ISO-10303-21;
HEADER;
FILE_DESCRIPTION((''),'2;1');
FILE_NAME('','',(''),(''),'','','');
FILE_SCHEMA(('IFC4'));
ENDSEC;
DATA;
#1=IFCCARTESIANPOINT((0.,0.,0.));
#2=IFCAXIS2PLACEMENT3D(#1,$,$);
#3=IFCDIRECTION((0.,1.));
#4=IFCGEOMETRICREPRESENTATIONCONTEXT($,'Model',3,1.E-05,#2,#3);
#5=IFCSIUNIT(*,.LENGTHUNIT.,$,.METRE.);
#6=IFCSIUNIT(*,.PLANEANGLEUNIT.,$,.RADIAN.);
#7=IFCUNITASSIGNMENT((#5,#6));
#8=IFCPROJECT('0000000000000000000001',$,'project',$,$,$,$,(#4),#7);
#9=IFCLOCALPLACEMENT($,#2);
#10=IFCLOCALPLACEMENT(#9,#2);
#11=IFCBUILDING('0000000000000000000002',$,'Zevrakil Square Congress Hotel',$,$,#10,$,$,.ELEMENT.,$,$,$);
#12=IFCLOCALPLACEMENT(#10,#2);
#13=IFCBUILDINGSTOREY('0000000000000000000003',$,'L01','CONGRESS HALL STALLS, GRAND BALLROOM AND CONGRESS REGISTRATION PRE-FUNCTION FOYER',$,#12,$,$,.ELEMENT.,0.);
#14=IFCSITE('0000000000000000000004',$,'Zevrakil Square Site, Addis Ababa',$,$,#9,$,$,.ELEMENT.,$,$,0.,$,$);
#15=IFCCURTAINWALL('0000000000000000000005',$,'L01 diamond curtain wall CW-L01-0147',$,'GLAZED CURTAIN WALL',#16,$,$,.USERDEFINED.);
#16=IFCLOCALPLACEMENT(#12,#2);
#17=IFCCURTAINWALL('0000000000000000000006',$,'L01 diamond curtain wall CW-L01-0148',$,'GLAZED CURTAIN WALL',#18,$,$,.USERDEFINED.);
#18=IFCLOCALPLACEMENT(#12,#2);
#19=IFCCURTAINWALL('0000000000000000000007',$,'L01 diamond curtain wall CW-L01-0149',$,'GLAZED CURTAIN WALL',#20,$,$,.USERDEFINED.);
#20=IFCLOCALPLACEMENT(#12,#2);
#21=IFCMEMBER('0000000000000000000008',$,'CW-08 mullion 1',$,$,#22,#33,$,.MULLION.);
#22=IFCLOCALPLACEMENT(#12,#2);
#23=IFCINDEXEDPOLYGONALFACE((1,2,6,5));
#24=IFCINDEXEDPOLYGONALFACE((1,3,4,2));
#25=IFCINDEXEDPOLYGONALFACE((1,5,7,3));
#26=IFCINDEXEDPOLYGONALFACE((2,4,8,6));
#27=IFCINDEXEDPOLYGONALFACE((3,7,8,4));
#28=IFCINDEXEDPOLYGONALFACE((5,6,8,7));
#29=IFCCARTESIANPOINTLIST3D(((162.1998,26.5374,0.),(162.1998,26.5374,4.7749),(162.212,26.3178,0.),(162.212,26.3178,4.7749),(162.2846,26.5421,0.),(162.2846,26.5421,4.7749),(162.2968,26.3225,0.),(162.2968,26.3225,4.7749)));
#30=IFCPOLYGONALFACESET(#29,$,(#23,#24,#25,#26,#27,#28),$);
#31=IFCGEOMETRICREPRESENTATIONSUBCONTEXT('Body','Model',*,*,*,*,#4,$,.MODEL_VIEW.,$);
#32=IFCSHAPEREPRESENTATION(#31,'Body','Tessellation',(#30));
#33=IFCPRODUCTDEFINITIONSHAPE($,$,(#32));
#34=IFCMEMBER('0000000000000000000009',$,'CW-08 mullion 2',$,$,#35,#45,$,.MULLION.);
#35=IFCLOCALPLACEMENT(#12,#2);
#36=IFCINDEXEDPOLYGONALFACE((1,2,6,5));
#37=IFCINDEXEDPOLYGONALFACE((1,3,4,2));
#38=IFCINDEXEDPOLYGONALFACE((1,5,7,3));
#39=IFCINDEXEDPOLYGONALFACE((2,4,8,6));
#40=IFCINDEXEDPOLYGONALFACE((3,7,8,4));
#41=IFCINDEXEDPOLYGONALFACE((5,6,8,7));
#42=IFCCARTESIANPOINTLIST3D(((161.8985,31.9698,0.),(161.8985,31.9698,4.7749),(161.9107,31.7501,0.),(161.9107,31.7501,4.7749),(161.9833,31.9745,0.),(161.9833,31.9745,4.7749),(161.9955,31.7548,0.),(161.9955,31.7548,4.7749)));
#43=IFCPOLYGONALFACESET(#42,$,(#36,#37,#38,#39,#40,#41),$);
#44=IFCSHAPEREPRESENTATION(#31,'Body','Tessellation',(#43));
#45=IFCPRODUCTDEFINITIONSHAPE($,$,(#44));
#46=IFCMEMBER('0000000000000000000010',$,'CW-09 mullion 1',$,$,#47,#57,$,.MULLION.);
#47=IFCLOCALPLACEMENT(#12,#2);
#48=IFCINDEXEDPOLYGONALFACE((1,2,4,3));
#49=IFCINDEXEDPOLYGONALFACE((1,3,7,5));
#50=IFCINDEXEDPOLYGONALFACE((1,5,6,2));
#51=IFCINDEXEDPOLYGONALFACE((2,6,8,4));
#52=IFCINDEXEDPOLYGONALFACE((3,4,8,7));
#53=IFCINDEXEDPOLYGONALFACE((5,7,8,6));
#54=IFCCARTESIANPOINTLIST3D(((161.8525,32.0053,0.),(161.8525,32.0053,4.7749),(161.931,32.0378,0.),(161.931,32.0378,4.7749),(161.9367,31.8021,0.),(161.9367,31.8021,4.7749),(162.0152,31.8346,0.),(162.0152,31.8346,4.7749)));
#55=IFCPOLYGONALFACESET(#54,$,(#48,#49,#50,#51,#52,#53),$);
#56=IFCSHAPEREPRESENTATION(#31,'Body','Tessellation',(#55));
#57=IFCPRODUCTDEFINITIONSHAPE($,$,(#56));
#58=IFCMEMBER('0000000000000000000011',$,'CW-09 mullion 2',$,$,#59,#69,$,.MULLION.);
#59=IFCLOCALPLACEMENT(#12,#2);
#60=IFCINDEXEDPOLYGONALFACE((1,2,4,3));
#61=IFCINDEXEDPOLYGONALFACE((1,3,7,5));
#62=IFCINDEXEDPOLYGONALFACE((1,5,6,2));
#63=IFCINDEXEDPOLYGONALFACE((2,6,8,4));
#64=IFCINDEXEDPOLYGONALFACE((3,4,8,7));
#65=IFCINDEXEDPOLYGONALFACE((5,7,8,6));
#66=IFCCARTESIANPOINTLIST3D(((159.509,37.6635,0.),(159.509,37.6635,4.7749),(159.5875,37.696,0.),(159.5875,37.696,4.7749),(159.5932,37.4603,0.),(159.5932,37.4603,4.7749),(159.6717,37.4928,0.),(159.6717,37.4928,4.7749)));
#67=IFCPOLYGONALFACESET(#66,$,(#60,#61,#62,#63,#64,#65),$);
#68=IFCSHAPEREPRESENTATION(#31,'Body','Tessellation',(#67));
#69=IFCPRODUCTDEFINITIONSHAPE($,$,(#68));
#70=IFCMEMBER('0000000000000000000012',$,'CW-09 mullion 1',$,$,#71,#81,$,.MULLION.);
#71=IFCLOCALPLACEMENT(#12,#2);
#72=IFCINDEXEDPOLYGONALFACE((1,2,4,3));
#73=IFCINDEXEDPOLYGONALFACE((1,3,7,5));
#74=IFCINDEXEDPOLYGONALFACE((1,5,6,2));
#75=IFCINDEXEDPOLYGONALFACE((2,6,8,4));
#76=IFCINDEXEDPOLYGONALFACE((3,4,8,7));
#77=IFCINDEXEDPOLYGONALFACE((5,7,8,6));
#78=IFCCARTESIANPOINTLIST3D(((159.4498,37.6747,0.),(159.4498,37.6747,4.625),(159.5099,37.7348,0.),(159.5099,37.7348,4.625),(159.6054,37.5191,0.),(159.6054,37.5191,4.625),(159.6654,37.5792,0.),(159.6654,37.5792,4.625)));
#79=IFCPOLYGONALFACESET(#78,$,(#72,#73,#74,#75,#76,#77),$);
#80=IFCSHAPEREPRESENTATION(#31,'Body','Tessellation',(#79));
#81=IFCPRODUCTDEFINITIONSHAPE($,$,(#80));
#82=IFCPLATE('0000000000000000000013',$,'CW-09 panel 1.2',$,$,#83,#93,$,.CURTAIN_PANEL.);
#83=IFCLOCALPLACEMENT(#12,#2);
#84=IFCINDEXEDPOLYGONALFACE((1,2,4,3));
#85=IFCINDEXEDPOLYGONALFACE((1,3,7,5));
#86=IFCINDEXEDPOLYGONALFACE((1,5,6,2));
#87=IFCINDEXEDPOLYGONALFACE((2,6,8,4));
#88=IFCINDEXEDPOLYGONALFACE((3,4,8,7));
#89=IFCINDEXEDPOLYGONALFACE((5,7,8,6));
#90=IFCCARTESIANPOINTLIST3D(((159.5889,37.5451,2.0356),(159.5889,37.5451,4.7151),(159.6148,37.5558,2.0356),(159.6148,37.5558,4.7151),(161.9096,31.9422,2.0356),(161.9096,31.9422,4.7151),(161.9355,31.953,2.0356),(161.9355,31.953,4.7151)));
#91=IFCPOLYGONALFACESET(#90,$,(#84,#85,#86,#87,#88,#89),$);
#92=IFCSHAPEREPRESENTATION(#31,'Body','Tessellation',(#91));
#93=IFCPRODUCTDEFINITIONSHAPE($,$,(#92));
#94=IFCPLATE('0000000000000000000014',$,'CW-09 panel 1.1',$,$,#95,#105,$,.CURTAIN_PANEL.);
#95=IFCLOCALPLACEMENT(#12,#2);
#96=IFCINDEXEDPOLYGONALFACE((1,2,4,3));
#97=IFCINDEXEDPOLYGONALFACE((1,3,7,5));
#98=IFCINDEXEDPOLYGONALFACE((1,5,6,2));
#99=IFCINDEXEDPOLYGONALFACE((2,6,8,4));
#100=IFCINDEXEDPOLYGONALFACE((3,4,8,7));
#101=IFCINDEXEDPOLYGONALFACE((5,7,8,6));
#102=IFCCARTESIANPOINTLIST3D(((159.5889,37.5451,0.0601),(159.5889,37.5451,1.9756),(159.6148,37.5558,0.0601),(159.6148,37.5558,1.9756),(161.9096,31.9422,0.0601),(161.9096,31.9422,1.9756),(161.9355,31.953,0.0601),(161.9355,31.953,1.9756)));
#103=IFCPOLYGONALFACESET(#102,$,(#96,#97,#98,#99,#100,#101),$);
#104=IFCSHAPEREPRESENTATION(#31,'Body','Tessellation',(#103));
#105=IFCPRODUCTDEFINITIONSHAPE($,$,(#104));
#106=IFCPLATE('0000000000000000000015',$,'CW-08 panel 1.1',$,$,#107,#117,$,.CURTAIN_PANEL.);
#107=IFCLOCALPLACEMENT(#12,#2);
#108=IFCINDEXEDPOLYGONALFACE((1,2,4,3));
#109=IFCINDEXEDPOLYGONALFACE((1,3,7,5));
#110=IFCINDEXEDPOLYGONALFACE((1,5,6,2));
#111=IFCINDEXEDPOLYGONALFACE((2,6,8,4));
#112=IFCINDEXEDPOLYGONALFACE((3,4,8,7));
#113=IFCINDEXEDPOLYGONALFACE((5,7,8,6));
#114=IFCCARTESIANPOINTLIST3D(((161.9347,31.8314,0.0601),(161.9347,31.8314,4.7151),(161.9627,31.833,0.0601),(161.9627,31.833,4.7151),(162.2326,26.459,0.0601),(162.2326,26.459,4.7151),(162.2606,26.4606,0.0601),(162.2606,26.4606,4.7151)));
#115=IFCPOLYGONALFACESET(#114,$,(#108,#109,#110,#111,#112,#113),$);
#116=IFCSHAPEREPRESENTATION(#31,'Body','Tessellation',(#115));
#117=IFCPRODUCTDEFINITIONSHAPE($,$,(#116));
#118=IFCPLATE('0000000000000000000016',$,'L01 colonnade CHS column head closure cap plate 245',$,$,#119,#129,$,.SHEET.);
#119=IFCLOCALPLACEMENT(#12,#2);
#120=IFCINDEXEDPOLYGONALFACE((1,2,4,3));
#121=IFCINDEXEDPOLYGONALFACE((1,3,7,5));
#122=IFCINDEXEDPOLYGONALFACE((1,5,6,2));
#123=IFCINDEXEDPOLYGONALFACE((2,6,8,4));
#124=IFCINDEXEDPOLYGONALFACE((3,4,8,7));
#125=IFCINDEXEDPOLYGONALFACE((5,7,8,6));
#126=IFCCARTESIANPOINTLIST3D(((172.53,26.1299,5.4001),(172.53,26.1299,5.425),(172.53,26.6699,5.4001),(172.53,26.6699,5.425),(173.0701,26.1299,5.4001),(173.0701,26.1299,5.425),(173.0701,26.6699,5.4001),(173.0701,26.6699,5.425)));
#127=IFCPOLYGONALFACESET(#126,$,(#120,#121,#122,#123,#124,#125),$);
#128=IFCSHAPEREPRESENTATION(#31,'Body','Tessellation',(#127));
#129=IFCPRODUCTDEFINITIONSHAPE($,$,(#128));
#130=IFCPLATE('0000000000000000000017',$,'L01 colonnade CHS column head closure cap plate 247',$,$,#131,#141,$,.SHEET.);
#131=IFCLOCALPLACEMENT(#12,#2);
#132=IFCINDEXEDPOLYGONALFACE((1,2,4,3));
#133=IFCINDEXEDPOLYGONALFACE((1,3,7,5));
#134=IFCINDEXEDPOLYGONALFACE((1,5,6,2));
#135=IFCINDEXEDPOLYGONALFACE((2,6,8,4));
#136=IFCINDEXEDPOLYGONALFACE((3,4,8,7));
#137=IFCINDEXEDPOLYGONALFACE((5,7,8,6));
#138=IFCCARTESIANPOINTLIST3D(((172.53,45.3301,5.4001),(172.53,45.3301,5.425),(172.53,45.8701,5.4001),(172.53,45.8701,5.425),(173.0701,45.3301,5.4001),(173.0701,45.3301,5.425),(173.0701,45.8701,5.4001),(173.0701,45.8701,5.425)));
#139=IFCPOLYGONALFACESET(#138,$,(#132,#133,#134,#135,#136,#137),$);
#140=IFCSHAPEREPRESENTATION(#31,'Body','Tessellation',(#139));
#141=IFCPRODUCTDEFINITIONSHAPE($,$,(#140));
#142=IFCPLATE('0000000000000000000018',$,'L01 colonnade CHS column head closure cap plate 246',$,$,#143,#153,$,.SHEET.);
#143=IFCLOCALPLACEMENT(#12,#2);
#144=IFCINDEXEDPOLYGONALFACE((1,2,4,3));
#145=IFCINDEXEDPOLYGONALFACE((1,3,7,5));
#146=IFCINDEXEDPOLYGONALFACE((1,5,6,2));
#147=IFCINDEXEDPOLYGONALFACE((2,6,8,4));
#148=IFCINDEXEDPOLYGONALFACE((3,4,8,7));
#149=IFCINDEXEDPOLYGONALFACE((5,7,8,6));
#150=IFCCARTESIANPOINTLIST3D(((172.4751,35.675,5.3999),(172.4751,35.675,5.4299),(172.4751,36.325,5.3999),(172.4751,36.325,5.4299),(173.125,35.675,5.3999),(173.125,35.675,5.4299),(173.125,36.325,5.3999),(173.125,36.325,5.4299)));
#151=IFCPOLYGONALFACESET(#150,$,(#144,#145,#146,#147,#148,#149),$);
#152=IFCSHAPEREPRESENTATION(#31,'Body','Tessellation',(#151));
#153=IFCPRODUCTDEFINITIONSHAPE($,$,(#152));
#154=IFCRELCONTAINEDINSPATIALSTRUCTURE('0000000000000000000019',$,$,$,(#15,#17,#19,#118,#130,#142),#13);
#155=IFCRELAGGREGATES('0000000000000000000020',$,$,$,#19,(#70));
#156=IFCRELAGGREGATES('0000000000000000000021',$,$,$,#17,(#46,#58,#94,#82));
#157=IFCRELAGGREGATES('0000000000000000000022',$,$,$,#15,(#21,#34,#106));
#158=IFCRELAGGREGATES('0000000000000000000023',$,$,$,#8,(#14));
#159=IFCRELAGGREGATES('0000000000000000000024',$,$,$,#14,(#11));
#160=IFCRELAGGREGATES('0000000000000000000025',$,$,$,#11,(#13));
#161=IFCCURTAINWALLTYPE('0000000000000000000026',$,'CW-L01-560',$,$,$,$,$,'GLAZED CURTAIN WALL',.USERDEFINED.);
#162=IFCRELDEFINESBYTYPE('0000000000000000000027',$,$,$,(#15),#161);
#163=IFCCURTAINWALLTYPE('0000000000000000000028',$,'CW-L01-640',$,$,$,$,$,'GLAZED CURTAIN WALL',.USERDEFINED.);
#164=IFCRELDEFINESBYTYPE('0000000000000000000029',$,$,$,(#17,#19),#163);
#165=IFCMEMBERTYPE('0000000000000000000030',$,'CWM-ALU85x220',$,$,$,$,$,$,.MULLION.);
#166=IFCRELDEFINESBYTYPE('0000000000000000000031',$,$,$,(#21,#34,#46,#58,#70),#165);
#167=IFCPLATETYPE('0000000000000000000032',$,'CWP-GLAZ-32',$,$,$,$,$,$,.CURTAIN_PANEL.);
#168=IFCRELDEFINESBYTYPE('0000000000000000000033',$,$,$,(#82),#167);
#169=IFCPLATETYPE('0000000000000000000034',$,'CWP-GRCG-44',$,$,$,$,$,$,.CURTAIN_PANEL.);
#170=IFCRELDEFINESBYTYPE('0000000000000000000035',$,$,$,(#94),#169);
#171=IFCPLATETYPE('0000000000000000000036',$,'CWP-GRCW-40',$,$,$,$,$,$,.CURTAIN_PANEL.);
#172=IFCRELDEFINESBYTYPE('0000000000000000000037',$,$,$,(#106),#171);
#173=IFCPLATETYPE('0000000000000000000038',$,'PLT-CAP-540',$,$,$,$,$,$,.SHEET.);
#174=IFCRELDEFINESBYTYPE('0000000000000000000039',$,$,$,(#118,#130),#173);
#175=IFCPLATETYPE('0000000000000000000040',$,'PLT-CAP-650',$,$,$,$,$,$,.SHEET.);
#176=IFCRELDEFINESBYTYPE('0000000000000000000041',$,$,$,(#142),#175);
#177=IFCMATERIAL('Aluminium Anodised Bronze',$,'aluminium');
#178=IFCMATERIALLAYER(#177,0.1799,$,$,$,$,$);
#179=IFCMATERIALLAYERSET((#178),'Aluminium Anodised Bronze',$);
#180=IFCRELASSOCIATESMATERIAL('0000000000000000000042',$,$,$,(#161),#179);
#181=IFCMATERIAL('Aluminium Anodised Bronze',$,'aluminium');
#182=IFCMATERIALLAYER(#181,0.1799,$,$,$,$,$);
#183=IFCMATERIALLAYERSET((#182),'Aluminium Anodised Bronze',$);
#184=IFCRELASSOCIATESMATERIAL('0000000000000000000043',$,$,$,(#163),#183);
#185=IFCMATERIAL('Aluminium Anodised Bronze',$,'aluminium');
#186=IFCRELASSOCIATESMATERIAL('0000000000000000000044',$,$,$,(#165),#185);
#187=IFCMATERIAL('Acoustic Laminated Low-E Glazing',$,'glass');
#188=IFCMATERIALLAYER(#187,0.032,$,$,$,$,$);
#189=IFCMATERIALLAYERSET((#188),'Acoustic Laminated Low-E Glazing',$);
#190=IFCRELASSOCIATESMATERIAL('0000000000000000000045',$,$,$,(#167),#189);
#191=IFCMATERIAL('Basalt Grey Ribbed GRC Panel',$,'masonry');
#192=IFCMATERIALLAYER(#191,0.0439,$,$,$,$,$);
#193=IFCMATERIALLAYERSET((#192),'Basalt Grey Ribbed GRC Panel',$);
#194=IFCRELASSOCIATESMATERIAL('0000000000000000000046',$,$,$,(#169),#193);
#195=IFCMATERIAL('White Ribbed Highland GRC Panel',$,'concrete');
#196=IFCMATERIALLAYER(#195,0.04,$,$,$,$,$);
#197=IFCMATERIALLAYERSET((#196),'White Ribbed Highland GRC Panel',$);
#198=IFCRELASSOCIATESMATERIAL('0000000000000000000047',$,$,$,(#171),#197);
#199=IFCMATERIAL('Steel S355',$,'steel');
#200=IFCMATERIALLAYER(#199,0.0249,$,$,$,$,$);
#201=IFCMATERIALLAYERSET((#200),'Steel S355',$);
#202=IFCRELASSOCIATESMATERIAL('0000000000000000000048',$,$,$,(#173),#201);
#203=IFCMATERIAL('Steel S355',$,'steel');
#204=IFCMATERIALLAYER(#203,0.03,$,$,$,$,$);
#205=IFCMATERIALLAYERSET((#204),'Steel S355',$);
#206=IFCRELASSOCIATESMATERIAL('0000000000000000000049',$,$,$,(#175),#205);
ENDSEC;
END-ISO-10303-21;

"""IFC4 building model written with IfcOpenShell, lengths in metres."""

from ifc_helpers import new_model, si_unit, direction, frame, origin, origin_2d, place, context, subcontext, project, spatial, rectangle, extrude, material, layer, layer_set, material_profile, profile_set, type_object, element, aggregate, save


model = new_model("IFC4")

# Units and contexts
model_context = context("Model", 3, precision=1e-05, world=origin(), true_north=direction((0.0, 1.0)))
body_context = subcontext(model_context, "Body", "Model", "MODEL_VIEW")
ifc_project = project(units=[si_unit("LENGTHUNIT", "METRE"), si_unit("PLANEANGLEUNIT", "RADIAN")], contexts=[model_context])

# Site, building, storey
site_placement = place(None, origin())
site = spatial("IfcSite", under=ifc_project, at=site_placement, Name="Zevrakil Square Site, Addis Ababa", CompositionType="ELEMENT", RefElevation=0.0)
building_placement = place(site_placement, origin())
building = spatial("IfcBuilding", under=site, at=building_placement, Name="Zevrakil Square Congress Hotel", CompositionType="ELEMENT")
storey_placement = place(building_placement, origin())
storey = spatial("IfcBuildingStorey", under=building, at=storey_placement, Name="L01", Description="CONGRESS HALL STALLS, GRAND BALLROOM AND CONGRESS REGISTRATION PRE-FUNCTION FOYER", CompositionType="ELEMENT", Elevation=0.0)

# Curtain walls
ifc_material_1 = material(Name="Aluminium Anodised Bronze", Category="aluminium")
ifc_layer_1 = layer(ifc_material_1, 0.1799)
ifc_layer_set_1 = layer_set([ifc_layer_1], Name="Aluminium Anodised Bronze")
curtain_wall_type_1 = type_object("IfcCurtainWallType", Name="CW-L01-560", ElementType="GLAZED CURTAIN WALL", PredefinedType="USERDEFINED", material=ifc_layer_set_1)
curtain_wall_1_placement = place(storey_placement, origin())
curtain_wall_1 = element("IfcCurtainWall", 1, at=curtain_wall_1_placement, inside=storey, type_object=curtain_wall_type_1, Name="L01 diamond curtain wall CW-L01-0147", ObjectType="GLAZED CURTAIN WALL", PredefinedType="USERDEFINED")
ifc_material_2 = material(Name="Aluminium Anodised Bronze", Category="aluminium")
ifc_layer_2 = layer(ifc_material_2, 0.1799)
ifc_layer_set_2 = layer_set([ifc_layer_2], Name="Aluminium Anodised Bronze")
curtain_wall_type_2 = type_object("IfcCurtainWallType", Name="CW-L01-640", ElementType="GLAZED CURTAIN WALL", PredefinedType="USERDEFINED", material=ifc_layer_set_2)
curtain_wall_2_placement = place(storey_placement, origin())
curtain_wall_2 = element("IfcCurtainWall", 2, at=curtain_wall_2_placement, inside=storey, type_object=curtain_wall_type_2, Name="L01 diamond curtain wall CW-L01-0148", ObjectType="GLAZED CURTAIN WALL", PredefinedType="USERDEFINED")
curtain_wall_3_placement = place(storey_placement, origin())
curtain_wall_3 = element("IfcCurtainWall", 3, at=curtain_wall_3_placement, inside=storey, type_object=curtain_wall_type_2, Name="L01 diamond curtain wall CW-L01-0149", ObjectType="GLAZED CURTAIN WALL", PredefinedType="USERDEFINED")

# Members
ifc_material_3 = material(Name="Aluminium Anodised Bronze", Category="aluminium")
ifc_material_profile_1 = material_profile(ifc_material_3, rectangle(XDim=0.085, YDim=0.22, at=origin_2d()), Name="ALU 85x220")
ifc_profile_set_1 = profile_set([ifc_material_profile_1], Name="Aluminium Anodised Bronze")
member_type_1 = type_object("IfcMemberType", Name="CWM-ALU85x220", PredefinedType="MULLION", material=ifc_profile_set_1)
member_1_placement = place(storey_placement, frame((162.2483, 26.4299, 0.0), z_axis=(0.0, 0.0, 1.0), x_axis=(-0.998466, -0.055375, 0.0)))
member_1 = element("IfcMember", 4, at=member_1_placement, type_object=member_type_1, Name="CW-08 mullion 1", PredefinedType="MULLION", context=body_context, shape_type="SweptSolid", body=[
    extrude(rectangle(XDim=0.085, YDim=0.22, at=origin_2d()), origin(), (0.0, 0.0, 1.0), 4.7749),
])
member_2_placement = place(storey_placement, frame((161.947, 31.8623, 0.0), z_axis=(0.0, 0.0, 1.0), x_axis=(-0.998466, -0.055375, 0.0)))
member_2 = element("IfcMember", 5, at=member_2_placement, type_object=member_type_1, Name="CW-08 mullion 2", PredefinedType="MULLION", context=body_context, shape_type="SweptSolid", body=[
    extrude(rectangle(XDim=0.085, YDim=0.22, at=origin_2d()), origin(), (0.0, 0.0, 1.0), 4.7749),
])
member_3_placement = place(storey_placement, frame((161.9338, 31.9199, 0.0), z_axis=(0.0, 0.0, 1.0), x_axis=(-0.923882, -0.382676, 0.0)))
member_3 = element("IfcMember", 6, at=member_3_placement, type_object=member_type_1, Name="CW-09 mullion 1", PredefinedType="MULLION", context=body_context, shape_type="SweptSolid", body=[
    extrude(rectangle(XDim=0.085, YDim=0.22, at=origin_2d()), origin(), (0.0, 0.0, 1.0), 4.7749),
])
member_4_placement = place(storey_placement, frame((159.5903, 37.5781, 0.0), z_axis=(0.0, 0.0, 1.0), x_axis=(-0.923882, -0.382676, 0.0)))
member_4 = element("IfcMember", 7, at=member_4_placement, type_object=member_type_1, Name="CW-09 mullion 2", PredefinedType="MULLION", context=body_context, shape_type="SweptSolid", body=[
    extrude(rectangle(XDim=0.085, YDim=0.22, at=origin_2d()), origin(), (0.0, 0.0, 1.0), 4.7749),
])
member_5_placement = place(storey_placement, frame((159.5576, 37.627, 0.0), z_axis=(0.0, 0.0, 1.0), x_axis=(-0.707107, -0.707107, 0.0)))
member_5 = element("IfcMember", 8, at=member_5_placement, type_object=member_type_1, Name="CW-09 mullion 1", PredefinedType="MULLION", context=body_context, shape_type="SweptSolid", body=[
    extrude(rectangle(XDim=0.085, YDim=0.22, at=origin_2d()), origin(), (0.0, 0.0, 1.0), 4.625),
])
aggregate(curtain_wall_3, [member_5])

# Plates
ifc_material_4 = material(Name="Acoustic Laminated Low-E Glazing", Category="glass")
ifc_layer_3 = layer(ifc_material_4, 0.032)
ifc_layer_set_3 = layer_set([ifc_layer_3], Name="Acoustic Laminated Low-E Glazing")
plate_type_1 = type_object("IfcPlateType", Name="CWP-GLAZ-32", PredefinedType="CURTAIN_PANEL", material=ifc_layer_set_3)
plate_1_placement = place(storey_placement, frame((160.7622, 34.749, 2.0356), z_axis=(0.0, 0.0, 1.0), x_axis=(-0.382676, 0.923882, 0.0)))
plate_1 = element("IfcPlate", 9, at=plate_1_placement, type_object=plate_type_1, Name="CW-09 panel 1.2", PredefinedType="CURTAIN_PANEL", context=body_context, shape_type="SweptSolid", body=[
    extrude(rectangle(XDim=6.0645, YDim=0.0281, at=origin_2d()), origin(), (0.0, 0.0, 1.0), 2.6794),
])
ifc_material_5 = material(Name="Basalt Grey Ribbed GRC Panel", Category="masonry")
ifc_layer_4 = layer(ifc_material_5, 0.0439)
ifc_layer_set_4 = layer_set([ifc_layer_4], Name="Basalt Grey Ribbed GRC Panel")
plate_type_2 = type_object("IfcPlateType", Name="CWP-GRCG-44", PredefinedType="CURTAIN_PANEL", material=ifc_layer_set_4)
plate_2_placement = place(storey_placement, frame((160.7622, 34.749, 0.0601), z_axis=(0.0, 0.0, 1.0), x_axis=(-0.382676, 0.923882, 0.0)))
plate_2 = element("IfcPlate", 10, at=plate_2_placement, type_object=plate_type_2, Name="CW-09 panel 1.1", PredefinedType="CURTAIN_PANEL", context=body_context, shape_type="SweptSolid", body=[
    extrude(rectangle(XDim=6.0645, YDim=0.0281, at=origin_2d()), origin(), (0.0, 0.0, 1.0), 1.9155),
])
aggregate(curtain_wall_2, [member_3, member_4, plate_2, plate_1])
ifc_material_6 = material(Name="White Ribbed Highland GRC Panel", Category="concrete")
ifc_layer_5 = layer(ifc_material_6, 0.04)
ifc_layer_set_5 = layer_set([ifc_layer_5], Name="White Ribbed Highland GRC Panel")
plate_type_3 = type_object("IfcPlateType", Name="CWP-GRCW-40", PredefinedType="CURTAIN_PANEL", material=ifc_layer_set_5)
plate_3_placement = place(storey_placement, frame((162.0977, 29.146, 0.0601), z_axis=(0.0, 0.0, 1.0), x_axis=(-0.055375, 0.998466, 0.0)))
plate_3 = element("IfcPlate", 11, at=plate_3_placement, type_object=plate_type_3, Name="CW-08 panel 1.1", PredefinedType="CURTAIN_PANEL", context=body_context, shape_type="SweptSolid", body=[
    extrude(rectangle(XDim=5.3806, YDim=0.0281, at=origin_2d()), origin(), (0.0, 0.0, 1.0), 4.655),
])
aggregate(curtain_wall_1, [member_1, member_2, plate_3])

# Plates
ifc_material_7 = material(Name="Steel S355", Category="steel")
ifc_layer_6 = layer(ifc_material_7, 0.0249)
ifc_layer_set_6 = layer_set([ifc_layer_6], Name="Steel S355")
plate_type_4 = type_object("IfcPlateType", Name="PLT-CAP-540", PredefinedType="SHEET", material=ifc_layer_set_6)
for number, where, z_axis, x_axis, name in (
    (12, (172.8, 26.3999, 5.4001), (0.0, 0.0, 1.0), (1.0, 0.0, 0.0), "L01 colonnade CHS column head closure cap plate 245"),
    (13, (172.8, 45.6001, 5.4001), (0.0, 0.0, 1.0), (1.0, 0.0, 0.0), "L01 colonnade CHS column head closure cap plate 247"),
):
    element("IfcPlate", number, at=place(storey_placement, frame(where, z_axis=z_axis, x_axis=x_axis)), inside=storey, type_object=plate_type_4, Name=name, PredefinedType="SHEET", context=body_context, shape_type="SweptSolid", body=[
        extrude(rectangle(XDim=0.54, YDim=0.54, at=origin_2d()), origin(), (0.0, 0.0, 1.0), 0.0249),
    ])
ifc_material_8 = material(Name="Steel S355", Category="steel")
ifc_layer_7 = layer(ifc_material_8, 0.03)
ifc_layer_set_7 = layer_set([ifc_layer_7], Name="Steel S355")
plate_type_5 = type_object("IfcPlateType", Name="PLT-CAP-650", PredefinedType="SHEET", material=ifc_layer_set_7)
plate_4_placement = place(storey_placement, frame((172.8, 36.0, 5.3999), z_axis=(0.0, 0.0, 1.0), x_axis=(1.0, 0.0, 0.0)))
element("IfcPlate", 14, at=plate_4_placement, inside=storey, type_object=plate_type_5, Name="L01 colonnade CHS column head closure cap plate 246", PredefinedType="SHEET", context=body_context, shape_type="SweptSolid", body=[
    extrude(rectangle(XDim=0.6499, YDim=0.6499, at=origin_2d()), origin(), (0.0, 0.0, 1.0), 0.03),
])

save(model, "model.ifc")
